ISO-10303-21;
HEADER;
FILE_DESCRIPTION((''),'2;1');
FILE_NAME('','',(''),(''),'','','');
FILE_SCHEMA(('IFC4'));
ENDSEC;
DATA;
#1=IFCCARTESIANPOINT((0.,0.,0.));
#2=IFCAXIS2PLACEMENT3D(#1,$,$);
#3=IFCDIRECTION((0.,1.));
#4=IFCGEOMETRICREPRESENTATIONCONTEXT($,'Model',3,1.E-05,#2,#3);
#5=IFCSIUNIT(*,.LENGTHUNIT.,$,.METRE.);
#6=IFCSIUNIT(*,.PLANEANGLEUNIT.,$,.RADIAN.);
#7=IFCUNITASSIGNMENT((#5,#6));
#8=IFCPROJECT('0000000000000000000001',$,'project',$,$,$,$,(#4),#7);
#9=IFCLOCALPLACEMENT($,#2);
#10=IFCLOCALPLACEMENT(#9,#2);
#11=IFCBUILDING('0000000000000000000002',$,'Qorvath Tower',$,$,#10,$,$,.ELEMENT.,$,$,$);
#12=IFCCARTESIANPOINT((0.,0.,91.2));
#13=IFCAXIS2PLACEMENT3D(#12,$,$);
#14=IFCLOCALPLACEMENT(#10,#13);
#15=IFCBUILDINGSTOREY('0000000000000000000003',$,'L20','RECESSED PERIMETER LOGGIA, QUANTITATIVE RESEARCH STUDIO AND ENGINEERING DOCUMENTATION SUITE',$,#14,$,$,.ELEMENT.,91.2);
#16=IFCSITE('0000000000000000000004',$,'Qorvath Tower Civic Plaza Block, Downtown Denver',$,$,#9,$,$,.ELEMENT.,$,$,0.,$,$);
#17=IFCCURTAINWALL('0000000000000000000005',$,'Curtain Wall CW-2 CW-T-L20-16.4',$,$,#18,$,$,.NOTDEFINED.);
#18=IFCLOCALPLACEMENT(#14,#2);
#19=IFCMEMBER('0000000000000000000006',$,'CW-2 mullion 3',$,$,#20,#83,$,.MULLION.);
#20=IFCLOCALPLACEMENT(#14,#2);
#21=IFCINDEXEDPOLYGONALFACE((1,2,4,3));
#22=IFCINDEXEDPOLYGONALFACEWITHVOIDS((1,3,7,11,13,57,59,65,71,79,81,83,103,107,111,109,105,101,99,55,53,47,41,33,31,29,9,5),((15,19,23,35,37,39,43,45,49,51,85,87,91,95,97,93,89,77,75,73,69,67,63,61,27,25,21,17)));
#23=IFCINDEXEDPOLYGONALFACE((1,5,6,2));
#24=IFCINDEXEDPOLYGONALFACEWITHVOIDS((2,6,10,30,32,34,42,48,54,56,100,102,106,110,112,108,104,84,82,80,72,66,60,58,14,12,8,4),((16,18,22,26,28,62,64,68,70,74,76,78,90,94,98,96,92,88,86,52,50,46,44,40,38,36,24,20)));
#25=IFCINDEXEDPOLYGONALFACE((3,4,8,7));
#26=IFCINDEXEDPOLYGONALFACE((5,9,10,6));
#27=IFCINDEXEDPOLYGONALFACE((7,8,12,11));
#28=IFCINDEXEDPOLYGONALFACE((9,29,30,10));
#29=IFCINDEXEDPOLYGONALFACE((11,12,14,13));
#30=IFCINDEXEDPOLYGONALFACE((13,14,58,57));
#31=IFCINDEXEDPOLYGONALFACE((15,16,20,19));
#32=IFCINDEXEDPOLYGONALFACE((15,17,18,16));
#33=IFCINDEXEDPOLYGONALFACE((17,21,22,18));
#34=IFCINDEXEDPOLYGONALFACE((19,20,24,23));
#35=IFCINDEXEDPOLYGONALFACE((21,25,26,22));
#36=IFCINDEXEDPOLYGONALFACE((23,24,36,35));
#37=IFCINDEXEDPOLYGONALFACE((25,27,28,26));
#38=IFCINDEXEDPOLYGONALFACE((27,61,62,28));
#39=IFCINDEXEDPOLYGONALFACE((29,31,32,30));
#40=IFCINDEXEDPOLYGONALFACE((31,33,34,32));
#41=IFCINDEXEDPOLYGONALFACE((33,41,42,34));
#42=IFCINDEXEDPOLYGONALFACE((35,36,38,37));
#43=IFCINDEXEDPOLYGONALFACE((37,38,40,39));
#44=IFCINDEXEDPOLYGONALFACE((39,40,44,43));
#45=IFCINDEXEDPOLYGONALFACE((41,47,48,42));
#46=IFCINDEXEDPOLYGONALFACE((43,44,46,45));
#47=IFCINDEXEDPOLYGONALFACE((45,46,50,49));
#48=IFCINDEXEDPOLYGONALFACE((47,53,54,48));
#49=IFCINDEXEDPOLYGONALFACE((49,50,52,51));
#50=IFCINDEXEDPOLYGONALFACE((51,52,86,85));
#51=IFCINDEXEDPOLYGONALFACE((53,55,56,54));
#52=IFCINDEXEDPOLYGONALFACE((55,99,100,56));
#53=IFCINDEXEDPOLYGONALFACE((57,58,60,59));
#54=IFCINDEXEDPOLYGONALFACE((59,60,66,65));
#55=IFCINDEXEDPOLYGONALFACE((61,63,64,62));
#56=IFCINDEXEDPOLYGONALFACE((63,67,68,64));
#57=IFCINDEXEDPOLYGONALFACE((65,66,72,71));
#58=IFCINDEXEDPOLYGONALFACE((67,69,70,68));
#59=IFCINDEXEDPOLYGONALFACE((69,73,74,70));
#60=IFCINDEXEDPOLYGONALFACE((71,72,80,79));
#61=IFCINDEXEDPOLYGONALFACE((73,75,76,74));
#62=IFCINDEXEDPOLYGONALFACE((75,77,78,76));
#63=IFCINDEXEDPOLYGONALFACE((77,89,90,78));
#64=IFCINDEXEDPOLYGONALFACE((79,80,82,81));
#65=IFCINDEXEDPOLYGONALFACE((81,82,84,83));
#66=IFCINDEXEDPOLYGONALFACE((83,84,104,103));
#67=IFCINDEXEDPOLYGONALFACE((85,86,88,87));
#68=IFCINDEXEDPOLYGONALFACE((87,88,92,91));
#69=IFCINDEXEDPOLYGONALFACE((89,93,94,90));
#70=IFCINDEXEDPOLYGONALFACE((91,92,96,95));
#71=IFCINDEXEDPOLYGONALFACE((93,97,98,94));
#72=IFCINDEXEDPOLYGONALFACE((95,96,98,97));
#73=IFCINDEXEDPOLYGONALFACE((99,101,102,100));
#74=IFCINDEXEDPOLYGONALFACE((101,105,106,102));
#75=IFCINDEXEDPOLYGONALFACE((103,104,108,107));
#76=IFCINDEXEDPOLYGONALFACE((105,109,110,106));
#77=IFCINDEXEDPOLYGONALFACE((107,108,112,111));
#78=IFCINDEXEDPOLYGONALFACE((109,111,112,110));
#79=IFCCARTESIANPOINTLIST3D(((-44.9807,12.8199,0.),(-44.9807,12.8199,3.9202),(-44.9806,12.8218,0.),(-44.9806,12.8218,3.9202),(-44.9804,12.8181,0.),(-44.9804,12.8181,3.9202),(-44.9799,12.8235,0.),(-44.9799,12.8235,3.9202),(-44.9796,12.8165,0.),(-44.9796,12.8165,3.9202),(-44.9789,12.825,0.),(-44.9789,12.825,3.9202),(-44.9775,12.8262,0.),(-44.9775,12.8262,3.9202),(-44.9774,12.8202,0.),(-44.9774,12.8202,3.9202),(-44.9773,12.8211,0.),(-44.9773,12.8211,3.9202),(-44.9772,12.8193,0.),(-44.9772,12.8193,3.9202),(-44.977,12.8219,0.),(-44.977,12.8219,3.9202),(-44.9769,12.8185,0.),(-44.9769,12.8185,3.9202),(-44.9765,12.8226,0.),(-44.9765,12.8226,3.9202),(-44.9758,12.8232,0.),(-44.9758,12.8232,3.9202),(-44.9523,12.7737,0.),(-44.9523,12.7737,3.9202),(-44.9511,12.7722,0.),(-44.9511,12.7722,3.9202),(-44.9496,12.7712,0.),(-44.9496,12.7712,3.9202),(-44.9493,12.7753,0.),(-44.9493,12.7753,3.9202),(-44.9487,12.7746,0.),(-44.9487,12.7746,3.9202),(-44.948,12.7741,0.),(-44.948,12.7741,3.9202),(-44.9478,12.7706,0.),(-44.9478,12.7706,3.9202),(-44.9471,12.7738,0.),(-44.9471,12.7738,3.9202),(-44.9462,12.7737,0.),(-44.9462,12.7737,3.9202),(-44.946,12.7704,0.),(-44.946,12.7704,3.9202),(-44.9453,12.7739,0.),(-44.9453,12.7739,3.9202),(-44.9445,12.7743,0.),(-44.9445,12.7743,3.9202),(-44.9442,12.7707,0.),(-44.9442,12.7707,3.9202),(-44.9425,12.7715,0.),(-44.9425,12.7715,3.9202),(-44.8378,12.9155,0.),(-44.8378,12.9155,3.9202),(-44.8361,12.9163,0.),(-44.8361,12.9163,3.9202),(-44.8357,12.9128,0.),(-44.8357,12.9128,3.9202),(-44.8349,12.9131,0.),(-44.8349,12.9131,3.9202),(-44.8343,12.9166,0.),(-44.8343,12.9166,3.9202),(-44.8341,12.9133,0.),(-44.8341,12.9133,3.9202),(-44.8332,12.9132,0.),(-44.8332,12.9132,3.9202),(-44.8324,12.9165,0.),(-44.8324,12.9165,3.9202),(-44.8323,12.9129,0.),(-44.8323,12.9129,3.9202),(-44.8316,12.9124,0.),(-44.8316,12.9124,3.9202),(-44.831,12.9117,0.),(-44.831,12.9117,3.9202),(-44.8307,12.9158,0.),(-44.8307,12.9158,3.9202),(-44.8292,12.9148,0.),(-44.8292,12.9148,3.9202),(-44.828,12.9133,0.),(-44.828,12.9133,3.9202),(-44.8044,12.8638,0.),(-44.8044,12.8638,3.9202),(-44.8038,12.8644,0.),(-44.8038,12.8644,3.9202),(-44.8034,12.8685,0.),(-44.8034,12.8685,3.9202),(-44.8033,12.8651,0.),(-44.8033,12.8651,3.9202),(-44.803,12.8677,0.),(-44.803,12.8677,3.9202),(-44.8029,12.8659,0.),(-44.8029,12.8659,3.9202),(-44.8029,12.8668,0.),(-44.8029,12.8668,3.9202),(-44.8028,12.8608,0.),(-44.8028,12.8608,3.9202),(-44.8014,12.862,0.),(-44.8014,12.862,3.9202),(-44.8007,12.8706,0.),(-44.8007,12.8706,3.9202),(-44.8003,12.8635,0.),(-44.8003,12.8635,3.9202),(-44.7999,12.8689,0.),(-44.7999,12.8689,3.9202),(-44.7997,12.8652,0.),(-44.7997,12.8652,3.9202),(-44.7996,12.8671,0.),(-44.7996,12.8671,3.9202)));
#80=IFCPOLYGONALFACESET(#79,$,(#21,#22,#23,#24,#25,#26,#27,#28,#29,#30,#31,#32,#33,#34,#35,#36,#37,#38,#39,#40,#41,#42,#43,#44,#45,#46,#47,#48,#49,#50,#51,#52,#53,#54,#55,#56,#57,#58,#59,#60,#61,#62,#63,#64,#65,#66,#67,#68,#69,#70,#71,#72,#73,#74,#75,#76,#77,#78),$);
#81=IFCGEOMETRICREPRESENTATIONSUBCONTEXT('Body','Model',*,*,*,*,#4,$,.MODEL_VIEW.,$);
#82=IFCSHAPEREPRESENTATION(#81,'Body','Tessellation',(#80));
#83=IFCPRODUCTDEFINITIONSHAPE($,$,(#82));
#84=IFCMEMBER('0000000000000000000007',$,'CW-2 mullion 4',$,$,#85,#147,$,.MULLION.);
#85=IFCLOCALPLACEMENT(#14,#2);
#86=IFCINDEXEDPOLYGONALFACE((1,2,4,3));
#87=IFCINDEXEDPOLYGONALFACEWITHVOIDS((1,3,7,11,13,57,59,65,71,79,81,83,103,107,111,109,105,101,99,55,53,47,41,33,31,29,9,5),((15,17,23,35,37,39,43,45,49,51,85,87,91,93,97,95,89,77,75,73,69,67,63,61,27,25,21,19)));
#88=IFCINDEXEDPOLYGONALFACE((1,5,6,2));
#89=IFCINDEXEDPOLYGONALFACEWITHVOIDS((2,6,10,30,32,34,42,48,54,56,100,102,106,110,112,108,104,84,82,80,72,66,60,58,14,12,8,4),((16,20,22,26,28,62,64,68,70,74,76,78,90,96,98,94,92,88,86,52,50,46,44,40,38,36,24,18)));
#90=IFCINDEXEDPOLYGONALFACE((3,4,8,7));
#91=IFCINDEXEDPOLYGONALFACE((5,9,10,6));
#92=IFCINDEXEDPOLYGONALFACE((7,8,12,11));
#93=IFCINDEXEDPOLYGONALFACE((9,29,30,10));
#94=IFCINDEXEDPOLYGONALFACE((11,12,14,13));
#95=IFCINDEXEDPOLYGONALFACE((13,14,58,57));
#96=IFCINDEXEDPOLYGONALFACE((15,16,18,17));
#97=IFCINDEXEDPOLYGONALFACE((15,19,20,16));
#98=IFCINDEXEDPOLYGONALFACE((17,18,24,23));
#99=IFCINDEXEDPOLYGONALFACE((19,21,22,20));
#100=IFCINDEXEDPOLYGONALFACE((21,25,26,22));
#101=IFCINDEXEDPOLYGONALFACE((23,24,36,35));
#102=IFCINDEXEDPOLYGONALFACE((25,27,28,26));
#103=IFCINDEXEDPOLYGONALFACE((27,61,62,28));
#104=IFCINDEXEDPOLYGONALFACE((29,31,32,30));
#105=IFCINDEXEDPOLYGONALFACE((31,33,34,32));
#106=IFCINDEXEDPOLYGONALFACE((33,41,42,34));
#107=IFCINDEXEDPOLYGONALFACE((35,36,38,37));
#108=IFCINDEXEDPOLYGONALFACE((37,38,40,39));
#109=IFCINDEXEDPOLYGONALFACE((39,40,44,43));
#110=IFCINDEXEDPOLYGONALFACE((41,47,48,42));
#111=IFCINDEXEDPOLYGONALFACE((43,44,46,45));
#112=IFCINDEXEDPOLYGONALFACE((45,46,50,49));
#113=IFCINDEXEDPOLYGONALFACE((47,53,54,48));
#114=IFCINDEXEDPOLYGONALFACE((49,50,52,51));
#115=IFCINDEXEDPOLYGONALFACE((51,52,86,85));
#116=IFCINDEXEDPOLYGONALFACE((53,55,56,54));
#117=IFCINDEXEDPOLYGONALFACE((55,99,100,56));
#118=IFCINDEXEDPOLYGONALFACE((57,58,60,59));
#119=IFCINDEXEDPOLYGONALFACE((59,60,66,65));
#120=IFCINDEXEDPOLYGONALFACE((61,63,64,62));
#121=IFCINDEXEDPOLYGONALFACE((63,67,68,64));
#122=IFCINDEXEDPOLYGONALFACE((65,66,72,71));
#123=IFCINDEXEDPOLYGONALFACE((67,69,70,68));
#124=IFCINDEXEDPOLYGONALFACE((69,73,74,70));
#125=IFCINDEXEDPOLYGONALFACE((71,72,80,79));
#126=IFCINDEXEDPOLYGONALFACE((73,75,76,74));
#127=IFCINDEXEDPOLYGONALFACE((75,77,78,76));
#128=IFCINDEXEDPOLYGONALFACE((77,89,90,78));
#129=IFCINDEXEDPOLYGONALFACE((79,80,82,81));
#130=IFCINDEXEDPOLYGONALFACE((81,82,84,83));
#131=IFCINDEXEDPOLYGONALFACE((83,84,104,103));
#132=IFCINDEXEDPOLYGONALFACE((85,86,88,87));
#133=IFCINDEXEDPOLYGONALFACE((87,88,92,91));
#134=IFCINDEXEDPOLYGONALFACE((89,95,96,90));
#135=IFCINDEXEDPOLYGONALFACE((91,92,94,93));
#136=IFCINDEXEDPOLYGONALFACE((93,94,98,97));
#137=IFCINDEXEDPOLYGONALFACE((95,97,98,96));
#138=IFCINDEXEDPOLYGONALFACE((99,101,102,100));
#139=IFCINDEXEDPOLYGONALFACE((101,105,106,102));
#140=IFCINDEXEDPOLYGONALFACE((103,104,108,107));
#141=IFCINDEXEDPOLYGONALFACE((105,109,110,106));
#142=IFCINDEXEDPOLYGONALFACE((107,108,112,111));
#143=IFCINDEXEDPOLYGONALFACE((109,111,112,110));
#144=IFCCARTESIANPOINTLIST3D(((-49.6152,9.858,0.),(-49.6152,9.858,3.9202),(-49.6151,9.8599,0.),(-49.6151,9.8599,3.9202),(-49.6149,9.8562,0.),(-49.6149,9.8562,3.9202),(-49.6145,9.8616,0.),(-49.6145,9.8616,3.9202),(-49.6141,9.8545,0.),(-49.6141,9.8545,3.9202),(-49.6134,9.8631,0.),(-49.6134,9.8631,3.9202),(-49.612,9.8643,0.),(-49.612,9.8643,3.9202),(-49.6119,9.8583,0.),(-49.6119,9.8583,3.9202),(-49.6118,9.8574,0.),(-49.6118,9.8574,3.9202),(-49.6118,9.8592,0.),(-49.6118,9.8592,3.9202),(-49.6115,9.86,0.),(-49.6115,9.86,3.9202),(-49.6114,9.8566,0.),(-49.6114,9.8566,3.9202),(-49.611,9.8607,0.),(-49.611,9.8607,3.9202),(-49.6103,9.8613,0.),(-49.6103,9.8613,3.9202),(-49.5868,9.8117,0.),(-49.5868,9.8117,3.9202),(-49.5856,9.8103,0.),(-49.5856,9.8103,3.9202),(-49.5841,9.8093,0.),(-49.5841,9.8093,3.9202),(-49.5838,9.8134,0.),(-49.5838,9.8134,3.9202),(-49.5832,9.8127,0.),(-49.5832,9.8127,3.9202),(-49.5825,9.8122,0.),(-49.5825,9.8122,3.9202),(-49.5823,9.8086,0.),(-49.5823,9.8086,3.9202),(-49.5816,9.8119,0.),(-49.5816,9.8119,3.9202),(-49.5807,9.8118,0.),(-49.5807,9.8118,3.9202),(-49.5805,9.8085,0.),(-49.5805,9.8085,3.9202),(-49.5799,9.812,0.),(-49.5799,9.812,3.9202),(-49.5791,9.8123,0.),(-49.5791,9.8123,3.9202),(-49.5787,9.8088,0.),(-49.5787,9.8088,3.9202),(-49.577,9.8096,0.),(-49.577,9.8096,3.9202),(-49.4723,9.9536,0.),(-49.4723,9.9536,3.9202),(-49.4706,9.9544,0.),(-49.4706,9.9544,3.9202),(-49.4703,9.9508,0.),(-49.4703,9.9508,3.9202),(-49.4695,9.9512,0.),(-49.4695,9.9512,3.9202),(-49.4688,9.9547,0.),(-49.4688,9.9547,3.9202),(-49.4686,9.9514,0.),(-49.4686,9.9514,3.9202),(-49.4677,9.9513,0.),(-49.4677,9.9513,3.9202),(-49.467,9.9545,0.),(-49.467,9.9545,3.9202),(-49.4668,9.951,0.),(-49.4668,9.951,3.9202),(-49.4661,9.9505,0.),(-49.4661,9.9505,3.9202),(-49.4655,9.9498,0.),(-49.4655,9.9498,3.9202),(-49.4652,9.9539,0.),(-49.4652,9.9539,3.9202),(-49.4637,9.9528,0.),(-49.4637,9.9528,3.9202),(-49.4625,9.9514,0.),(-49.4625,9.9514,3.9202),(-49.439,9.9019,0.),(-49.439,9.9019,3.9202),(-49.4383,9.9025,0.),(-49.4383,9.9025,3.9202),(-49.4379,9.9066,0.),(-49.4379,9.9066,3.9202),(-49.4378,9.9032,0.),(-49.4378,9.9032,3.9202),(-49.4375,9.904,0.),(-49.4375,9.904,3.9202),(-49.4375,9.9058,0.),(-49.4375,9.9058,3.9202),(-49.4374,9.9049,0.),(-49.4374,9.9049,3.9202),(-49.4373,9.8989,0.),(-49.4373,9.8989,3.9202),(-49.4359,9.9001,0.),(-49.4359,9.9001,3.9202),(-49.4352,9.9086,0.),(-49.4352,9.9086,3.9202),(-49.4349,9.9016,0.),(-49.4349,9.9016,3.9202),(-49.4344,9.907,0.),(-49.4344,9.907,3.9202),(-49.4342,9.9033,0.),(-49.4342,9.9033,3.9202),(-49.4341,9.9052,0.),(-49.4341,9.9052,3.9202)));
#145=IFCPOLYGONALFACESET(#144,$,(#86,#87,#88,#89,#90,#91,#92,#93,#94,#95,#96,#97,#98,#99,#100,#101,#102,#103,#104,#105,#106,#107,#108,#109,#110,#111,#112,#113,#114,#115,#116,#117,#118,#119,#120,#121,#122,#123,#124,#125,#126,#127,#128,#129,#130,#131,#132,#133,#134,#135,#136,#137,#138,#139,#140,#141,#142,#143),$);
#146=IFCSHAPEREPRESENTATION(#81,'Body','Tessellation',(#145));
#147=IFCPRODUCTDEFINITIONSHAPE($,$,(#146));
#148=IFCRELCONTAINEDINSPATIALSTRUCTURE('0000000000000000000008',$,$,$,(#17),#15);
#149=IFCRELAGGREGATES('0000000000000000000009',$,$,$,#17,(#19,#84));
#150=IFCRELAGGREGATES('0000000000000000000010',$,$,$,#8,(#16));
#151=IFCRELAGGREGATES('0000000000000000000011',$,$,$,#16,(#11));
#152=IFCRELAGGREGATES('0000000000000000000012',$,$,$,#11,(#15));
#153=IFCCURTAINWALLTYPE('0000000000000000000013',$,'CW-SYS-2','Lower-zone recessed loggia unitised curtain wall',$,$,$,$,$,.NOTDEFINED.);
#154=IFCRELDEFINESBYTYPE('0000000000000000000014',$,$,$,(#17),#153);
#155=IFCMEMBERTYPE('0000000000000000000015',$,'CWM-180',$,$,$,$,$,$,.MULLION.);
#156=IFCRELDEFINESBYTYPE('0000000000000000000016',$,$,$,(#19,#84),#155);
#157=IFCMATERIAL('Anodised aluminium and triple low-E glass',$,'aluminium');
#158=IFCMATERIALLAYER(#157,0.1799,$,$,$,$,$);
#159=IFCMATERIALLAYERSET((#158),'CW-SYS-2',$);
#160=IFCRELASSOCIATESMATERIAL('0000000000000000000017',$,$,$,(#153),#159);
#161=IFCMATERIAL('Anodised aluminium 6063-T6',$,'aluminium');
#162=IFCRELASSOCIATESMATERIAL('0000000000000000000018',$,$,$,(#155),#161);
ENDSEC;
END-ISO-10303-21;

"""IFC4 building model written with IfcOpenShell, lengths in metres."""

from ifc_helpers import new_model, si_unit, direction, frame, origin, origin_2d, place, context, subcontext, project, spatial, hollow_rectangle, extrude, material, layer, layer_set, material_profile, profile_set, type_object, element, aggregate, save


model = new_model("IFC4")

# Units and contexts
model_context = context("Model", 3, precision=1e-05, world=origin(), true_north=direction((0.0, 1.0)))
body_context = subcontext(model_context, "Body", "Model", "MODEL_VIEW")
ifc_project = project(units=[si_unit("LENGTHUNIT", "METRE"), si_unit("PLANEANGLEUNIT", "RADIAN")], contexts=[model_context])

# Site, building, storey
site_placement = place(None, origin())
site = spatial("IfcSite", under=ifc_project, at=site_placement, Name="Qorvath Tower Civic Plaza Block, Downtown Denver", CompositionType="ELEMENT", RefElevation=0.0)
building_placement = place(site_placement, origin())
building = spatial("IfcBuilding", under=site, at=building_placement, Name="Qorvath Tower", CompositionType="ELEMENT")
storey_placement = place(building_placement, frame((0.0, 0.0, 91.2)))
storey = spatial("IfcBuildingStorey", under=building, at=storey_placement, Name="L20", Description="RECESSED PERIMETER LOGGIA, QUANTITATIVE RESEARCH STUDIO AND ENGINEERING DOCUMENTATION SUITE", CompositionType="ELEMENT", Elevation=91.2)

# Curtain wall, members
ifc_material_1 = material(Name="Anodised aluminium and triple low-E glass", Category="aluminium")
ifc_layer_1 = layer(ifc_material_1, 0.1799)
ifc_layer_set_1 = layer_set([ifc_layer_1], Name="CW-SYS-2")
curtain_wall_type = type_object("IfcCurtainWallType", Name="CW-SYS-2", Description="Lower-zone recessed loggia unitised curtain wall", PredefinedType="NOTDEFINED", material=ifc_layer_set_1)
curtain_wall_placement = place(storey_placement, origin())
curtain_wall = element("IfcCurtainWall", 1, at=curtain_wall_placement, inside=storey, type_object=curtain_wall_type, Name="Curtain Wall CW-2 CW-T-L20-16.4", PredefinedType="NOTDEFINED")
ifc_material_2 = material(Name="Anodised aluminium 6063-T6", Category="aluminium")
ifc_material_profile_1 = material_profile(ifc_material_2, hollow_rectangle(XDim=0.0649, YDim=0.1799, WallThickness=0.0034, InnerFilletRadius=0.0034, OuterFilletRadius=0.0071, at=origin_2d()), Name="CWM 180x65")
ifc_profile_set_1 = profile_set([ifc_material_profile_1], Name="Anodised aluminium 6063-T6")
member_type_1 = type_object("IfcMemberType", Name="CWM-180", PredefinedType="MULLION", material=ifc_profile_set_1)
member_1_placement = place(storey_placement, frame((-44.8901, 12.8435, 0.0), z_axis=(0.0, 0.0, 1.0), x_axis=(0.538529, -0.842607, 0.0)))
member_1 = element("IfcMember", 2, at=member_1_placement, type_object=member_type_1, Name="CW-2 mullion 3", PredefinedType="MULLION", context=body_context, shape_type="SweptSolid", body=[
    extrude(hollow_rectangle(XDim=0.0649, YDim=0.1799, WallThickness=0.0034, InnerFilletRadius=0.0034, OuterFilletRadius=0.0071, at=origin_2d()), origin(), (0.0, 0.0, 1.0), 3.9202),
])
member_2_placement = place(storey_placement, frame((-49.5247, 9.8816, 0.0), z_axis=(0.0, 0.0, 1.0), x_axis=(0.538529, -0.842607, 0.0)))
member_2 = element("IfcMember", 3, at=member_2_placement, type_object=member_type_1, Name="CW-2 mullion 4", PredefinedType="MULLION", context=body_context, shape_type="SweptSolid", body=[
    extrude(hollow_rectangle(XDim=0.0649, YDim=0.1799, WallThickness=0.0034, InnerFilletRadius=0.0034, OuterFilletRadius=0.0071, at=origin_2d()), origin(), (0.0, 0.0, 1.0), 3.9202),
])
aggregate(curtain_wall, [member_1, member_2])

save(model, "model.ifc")
